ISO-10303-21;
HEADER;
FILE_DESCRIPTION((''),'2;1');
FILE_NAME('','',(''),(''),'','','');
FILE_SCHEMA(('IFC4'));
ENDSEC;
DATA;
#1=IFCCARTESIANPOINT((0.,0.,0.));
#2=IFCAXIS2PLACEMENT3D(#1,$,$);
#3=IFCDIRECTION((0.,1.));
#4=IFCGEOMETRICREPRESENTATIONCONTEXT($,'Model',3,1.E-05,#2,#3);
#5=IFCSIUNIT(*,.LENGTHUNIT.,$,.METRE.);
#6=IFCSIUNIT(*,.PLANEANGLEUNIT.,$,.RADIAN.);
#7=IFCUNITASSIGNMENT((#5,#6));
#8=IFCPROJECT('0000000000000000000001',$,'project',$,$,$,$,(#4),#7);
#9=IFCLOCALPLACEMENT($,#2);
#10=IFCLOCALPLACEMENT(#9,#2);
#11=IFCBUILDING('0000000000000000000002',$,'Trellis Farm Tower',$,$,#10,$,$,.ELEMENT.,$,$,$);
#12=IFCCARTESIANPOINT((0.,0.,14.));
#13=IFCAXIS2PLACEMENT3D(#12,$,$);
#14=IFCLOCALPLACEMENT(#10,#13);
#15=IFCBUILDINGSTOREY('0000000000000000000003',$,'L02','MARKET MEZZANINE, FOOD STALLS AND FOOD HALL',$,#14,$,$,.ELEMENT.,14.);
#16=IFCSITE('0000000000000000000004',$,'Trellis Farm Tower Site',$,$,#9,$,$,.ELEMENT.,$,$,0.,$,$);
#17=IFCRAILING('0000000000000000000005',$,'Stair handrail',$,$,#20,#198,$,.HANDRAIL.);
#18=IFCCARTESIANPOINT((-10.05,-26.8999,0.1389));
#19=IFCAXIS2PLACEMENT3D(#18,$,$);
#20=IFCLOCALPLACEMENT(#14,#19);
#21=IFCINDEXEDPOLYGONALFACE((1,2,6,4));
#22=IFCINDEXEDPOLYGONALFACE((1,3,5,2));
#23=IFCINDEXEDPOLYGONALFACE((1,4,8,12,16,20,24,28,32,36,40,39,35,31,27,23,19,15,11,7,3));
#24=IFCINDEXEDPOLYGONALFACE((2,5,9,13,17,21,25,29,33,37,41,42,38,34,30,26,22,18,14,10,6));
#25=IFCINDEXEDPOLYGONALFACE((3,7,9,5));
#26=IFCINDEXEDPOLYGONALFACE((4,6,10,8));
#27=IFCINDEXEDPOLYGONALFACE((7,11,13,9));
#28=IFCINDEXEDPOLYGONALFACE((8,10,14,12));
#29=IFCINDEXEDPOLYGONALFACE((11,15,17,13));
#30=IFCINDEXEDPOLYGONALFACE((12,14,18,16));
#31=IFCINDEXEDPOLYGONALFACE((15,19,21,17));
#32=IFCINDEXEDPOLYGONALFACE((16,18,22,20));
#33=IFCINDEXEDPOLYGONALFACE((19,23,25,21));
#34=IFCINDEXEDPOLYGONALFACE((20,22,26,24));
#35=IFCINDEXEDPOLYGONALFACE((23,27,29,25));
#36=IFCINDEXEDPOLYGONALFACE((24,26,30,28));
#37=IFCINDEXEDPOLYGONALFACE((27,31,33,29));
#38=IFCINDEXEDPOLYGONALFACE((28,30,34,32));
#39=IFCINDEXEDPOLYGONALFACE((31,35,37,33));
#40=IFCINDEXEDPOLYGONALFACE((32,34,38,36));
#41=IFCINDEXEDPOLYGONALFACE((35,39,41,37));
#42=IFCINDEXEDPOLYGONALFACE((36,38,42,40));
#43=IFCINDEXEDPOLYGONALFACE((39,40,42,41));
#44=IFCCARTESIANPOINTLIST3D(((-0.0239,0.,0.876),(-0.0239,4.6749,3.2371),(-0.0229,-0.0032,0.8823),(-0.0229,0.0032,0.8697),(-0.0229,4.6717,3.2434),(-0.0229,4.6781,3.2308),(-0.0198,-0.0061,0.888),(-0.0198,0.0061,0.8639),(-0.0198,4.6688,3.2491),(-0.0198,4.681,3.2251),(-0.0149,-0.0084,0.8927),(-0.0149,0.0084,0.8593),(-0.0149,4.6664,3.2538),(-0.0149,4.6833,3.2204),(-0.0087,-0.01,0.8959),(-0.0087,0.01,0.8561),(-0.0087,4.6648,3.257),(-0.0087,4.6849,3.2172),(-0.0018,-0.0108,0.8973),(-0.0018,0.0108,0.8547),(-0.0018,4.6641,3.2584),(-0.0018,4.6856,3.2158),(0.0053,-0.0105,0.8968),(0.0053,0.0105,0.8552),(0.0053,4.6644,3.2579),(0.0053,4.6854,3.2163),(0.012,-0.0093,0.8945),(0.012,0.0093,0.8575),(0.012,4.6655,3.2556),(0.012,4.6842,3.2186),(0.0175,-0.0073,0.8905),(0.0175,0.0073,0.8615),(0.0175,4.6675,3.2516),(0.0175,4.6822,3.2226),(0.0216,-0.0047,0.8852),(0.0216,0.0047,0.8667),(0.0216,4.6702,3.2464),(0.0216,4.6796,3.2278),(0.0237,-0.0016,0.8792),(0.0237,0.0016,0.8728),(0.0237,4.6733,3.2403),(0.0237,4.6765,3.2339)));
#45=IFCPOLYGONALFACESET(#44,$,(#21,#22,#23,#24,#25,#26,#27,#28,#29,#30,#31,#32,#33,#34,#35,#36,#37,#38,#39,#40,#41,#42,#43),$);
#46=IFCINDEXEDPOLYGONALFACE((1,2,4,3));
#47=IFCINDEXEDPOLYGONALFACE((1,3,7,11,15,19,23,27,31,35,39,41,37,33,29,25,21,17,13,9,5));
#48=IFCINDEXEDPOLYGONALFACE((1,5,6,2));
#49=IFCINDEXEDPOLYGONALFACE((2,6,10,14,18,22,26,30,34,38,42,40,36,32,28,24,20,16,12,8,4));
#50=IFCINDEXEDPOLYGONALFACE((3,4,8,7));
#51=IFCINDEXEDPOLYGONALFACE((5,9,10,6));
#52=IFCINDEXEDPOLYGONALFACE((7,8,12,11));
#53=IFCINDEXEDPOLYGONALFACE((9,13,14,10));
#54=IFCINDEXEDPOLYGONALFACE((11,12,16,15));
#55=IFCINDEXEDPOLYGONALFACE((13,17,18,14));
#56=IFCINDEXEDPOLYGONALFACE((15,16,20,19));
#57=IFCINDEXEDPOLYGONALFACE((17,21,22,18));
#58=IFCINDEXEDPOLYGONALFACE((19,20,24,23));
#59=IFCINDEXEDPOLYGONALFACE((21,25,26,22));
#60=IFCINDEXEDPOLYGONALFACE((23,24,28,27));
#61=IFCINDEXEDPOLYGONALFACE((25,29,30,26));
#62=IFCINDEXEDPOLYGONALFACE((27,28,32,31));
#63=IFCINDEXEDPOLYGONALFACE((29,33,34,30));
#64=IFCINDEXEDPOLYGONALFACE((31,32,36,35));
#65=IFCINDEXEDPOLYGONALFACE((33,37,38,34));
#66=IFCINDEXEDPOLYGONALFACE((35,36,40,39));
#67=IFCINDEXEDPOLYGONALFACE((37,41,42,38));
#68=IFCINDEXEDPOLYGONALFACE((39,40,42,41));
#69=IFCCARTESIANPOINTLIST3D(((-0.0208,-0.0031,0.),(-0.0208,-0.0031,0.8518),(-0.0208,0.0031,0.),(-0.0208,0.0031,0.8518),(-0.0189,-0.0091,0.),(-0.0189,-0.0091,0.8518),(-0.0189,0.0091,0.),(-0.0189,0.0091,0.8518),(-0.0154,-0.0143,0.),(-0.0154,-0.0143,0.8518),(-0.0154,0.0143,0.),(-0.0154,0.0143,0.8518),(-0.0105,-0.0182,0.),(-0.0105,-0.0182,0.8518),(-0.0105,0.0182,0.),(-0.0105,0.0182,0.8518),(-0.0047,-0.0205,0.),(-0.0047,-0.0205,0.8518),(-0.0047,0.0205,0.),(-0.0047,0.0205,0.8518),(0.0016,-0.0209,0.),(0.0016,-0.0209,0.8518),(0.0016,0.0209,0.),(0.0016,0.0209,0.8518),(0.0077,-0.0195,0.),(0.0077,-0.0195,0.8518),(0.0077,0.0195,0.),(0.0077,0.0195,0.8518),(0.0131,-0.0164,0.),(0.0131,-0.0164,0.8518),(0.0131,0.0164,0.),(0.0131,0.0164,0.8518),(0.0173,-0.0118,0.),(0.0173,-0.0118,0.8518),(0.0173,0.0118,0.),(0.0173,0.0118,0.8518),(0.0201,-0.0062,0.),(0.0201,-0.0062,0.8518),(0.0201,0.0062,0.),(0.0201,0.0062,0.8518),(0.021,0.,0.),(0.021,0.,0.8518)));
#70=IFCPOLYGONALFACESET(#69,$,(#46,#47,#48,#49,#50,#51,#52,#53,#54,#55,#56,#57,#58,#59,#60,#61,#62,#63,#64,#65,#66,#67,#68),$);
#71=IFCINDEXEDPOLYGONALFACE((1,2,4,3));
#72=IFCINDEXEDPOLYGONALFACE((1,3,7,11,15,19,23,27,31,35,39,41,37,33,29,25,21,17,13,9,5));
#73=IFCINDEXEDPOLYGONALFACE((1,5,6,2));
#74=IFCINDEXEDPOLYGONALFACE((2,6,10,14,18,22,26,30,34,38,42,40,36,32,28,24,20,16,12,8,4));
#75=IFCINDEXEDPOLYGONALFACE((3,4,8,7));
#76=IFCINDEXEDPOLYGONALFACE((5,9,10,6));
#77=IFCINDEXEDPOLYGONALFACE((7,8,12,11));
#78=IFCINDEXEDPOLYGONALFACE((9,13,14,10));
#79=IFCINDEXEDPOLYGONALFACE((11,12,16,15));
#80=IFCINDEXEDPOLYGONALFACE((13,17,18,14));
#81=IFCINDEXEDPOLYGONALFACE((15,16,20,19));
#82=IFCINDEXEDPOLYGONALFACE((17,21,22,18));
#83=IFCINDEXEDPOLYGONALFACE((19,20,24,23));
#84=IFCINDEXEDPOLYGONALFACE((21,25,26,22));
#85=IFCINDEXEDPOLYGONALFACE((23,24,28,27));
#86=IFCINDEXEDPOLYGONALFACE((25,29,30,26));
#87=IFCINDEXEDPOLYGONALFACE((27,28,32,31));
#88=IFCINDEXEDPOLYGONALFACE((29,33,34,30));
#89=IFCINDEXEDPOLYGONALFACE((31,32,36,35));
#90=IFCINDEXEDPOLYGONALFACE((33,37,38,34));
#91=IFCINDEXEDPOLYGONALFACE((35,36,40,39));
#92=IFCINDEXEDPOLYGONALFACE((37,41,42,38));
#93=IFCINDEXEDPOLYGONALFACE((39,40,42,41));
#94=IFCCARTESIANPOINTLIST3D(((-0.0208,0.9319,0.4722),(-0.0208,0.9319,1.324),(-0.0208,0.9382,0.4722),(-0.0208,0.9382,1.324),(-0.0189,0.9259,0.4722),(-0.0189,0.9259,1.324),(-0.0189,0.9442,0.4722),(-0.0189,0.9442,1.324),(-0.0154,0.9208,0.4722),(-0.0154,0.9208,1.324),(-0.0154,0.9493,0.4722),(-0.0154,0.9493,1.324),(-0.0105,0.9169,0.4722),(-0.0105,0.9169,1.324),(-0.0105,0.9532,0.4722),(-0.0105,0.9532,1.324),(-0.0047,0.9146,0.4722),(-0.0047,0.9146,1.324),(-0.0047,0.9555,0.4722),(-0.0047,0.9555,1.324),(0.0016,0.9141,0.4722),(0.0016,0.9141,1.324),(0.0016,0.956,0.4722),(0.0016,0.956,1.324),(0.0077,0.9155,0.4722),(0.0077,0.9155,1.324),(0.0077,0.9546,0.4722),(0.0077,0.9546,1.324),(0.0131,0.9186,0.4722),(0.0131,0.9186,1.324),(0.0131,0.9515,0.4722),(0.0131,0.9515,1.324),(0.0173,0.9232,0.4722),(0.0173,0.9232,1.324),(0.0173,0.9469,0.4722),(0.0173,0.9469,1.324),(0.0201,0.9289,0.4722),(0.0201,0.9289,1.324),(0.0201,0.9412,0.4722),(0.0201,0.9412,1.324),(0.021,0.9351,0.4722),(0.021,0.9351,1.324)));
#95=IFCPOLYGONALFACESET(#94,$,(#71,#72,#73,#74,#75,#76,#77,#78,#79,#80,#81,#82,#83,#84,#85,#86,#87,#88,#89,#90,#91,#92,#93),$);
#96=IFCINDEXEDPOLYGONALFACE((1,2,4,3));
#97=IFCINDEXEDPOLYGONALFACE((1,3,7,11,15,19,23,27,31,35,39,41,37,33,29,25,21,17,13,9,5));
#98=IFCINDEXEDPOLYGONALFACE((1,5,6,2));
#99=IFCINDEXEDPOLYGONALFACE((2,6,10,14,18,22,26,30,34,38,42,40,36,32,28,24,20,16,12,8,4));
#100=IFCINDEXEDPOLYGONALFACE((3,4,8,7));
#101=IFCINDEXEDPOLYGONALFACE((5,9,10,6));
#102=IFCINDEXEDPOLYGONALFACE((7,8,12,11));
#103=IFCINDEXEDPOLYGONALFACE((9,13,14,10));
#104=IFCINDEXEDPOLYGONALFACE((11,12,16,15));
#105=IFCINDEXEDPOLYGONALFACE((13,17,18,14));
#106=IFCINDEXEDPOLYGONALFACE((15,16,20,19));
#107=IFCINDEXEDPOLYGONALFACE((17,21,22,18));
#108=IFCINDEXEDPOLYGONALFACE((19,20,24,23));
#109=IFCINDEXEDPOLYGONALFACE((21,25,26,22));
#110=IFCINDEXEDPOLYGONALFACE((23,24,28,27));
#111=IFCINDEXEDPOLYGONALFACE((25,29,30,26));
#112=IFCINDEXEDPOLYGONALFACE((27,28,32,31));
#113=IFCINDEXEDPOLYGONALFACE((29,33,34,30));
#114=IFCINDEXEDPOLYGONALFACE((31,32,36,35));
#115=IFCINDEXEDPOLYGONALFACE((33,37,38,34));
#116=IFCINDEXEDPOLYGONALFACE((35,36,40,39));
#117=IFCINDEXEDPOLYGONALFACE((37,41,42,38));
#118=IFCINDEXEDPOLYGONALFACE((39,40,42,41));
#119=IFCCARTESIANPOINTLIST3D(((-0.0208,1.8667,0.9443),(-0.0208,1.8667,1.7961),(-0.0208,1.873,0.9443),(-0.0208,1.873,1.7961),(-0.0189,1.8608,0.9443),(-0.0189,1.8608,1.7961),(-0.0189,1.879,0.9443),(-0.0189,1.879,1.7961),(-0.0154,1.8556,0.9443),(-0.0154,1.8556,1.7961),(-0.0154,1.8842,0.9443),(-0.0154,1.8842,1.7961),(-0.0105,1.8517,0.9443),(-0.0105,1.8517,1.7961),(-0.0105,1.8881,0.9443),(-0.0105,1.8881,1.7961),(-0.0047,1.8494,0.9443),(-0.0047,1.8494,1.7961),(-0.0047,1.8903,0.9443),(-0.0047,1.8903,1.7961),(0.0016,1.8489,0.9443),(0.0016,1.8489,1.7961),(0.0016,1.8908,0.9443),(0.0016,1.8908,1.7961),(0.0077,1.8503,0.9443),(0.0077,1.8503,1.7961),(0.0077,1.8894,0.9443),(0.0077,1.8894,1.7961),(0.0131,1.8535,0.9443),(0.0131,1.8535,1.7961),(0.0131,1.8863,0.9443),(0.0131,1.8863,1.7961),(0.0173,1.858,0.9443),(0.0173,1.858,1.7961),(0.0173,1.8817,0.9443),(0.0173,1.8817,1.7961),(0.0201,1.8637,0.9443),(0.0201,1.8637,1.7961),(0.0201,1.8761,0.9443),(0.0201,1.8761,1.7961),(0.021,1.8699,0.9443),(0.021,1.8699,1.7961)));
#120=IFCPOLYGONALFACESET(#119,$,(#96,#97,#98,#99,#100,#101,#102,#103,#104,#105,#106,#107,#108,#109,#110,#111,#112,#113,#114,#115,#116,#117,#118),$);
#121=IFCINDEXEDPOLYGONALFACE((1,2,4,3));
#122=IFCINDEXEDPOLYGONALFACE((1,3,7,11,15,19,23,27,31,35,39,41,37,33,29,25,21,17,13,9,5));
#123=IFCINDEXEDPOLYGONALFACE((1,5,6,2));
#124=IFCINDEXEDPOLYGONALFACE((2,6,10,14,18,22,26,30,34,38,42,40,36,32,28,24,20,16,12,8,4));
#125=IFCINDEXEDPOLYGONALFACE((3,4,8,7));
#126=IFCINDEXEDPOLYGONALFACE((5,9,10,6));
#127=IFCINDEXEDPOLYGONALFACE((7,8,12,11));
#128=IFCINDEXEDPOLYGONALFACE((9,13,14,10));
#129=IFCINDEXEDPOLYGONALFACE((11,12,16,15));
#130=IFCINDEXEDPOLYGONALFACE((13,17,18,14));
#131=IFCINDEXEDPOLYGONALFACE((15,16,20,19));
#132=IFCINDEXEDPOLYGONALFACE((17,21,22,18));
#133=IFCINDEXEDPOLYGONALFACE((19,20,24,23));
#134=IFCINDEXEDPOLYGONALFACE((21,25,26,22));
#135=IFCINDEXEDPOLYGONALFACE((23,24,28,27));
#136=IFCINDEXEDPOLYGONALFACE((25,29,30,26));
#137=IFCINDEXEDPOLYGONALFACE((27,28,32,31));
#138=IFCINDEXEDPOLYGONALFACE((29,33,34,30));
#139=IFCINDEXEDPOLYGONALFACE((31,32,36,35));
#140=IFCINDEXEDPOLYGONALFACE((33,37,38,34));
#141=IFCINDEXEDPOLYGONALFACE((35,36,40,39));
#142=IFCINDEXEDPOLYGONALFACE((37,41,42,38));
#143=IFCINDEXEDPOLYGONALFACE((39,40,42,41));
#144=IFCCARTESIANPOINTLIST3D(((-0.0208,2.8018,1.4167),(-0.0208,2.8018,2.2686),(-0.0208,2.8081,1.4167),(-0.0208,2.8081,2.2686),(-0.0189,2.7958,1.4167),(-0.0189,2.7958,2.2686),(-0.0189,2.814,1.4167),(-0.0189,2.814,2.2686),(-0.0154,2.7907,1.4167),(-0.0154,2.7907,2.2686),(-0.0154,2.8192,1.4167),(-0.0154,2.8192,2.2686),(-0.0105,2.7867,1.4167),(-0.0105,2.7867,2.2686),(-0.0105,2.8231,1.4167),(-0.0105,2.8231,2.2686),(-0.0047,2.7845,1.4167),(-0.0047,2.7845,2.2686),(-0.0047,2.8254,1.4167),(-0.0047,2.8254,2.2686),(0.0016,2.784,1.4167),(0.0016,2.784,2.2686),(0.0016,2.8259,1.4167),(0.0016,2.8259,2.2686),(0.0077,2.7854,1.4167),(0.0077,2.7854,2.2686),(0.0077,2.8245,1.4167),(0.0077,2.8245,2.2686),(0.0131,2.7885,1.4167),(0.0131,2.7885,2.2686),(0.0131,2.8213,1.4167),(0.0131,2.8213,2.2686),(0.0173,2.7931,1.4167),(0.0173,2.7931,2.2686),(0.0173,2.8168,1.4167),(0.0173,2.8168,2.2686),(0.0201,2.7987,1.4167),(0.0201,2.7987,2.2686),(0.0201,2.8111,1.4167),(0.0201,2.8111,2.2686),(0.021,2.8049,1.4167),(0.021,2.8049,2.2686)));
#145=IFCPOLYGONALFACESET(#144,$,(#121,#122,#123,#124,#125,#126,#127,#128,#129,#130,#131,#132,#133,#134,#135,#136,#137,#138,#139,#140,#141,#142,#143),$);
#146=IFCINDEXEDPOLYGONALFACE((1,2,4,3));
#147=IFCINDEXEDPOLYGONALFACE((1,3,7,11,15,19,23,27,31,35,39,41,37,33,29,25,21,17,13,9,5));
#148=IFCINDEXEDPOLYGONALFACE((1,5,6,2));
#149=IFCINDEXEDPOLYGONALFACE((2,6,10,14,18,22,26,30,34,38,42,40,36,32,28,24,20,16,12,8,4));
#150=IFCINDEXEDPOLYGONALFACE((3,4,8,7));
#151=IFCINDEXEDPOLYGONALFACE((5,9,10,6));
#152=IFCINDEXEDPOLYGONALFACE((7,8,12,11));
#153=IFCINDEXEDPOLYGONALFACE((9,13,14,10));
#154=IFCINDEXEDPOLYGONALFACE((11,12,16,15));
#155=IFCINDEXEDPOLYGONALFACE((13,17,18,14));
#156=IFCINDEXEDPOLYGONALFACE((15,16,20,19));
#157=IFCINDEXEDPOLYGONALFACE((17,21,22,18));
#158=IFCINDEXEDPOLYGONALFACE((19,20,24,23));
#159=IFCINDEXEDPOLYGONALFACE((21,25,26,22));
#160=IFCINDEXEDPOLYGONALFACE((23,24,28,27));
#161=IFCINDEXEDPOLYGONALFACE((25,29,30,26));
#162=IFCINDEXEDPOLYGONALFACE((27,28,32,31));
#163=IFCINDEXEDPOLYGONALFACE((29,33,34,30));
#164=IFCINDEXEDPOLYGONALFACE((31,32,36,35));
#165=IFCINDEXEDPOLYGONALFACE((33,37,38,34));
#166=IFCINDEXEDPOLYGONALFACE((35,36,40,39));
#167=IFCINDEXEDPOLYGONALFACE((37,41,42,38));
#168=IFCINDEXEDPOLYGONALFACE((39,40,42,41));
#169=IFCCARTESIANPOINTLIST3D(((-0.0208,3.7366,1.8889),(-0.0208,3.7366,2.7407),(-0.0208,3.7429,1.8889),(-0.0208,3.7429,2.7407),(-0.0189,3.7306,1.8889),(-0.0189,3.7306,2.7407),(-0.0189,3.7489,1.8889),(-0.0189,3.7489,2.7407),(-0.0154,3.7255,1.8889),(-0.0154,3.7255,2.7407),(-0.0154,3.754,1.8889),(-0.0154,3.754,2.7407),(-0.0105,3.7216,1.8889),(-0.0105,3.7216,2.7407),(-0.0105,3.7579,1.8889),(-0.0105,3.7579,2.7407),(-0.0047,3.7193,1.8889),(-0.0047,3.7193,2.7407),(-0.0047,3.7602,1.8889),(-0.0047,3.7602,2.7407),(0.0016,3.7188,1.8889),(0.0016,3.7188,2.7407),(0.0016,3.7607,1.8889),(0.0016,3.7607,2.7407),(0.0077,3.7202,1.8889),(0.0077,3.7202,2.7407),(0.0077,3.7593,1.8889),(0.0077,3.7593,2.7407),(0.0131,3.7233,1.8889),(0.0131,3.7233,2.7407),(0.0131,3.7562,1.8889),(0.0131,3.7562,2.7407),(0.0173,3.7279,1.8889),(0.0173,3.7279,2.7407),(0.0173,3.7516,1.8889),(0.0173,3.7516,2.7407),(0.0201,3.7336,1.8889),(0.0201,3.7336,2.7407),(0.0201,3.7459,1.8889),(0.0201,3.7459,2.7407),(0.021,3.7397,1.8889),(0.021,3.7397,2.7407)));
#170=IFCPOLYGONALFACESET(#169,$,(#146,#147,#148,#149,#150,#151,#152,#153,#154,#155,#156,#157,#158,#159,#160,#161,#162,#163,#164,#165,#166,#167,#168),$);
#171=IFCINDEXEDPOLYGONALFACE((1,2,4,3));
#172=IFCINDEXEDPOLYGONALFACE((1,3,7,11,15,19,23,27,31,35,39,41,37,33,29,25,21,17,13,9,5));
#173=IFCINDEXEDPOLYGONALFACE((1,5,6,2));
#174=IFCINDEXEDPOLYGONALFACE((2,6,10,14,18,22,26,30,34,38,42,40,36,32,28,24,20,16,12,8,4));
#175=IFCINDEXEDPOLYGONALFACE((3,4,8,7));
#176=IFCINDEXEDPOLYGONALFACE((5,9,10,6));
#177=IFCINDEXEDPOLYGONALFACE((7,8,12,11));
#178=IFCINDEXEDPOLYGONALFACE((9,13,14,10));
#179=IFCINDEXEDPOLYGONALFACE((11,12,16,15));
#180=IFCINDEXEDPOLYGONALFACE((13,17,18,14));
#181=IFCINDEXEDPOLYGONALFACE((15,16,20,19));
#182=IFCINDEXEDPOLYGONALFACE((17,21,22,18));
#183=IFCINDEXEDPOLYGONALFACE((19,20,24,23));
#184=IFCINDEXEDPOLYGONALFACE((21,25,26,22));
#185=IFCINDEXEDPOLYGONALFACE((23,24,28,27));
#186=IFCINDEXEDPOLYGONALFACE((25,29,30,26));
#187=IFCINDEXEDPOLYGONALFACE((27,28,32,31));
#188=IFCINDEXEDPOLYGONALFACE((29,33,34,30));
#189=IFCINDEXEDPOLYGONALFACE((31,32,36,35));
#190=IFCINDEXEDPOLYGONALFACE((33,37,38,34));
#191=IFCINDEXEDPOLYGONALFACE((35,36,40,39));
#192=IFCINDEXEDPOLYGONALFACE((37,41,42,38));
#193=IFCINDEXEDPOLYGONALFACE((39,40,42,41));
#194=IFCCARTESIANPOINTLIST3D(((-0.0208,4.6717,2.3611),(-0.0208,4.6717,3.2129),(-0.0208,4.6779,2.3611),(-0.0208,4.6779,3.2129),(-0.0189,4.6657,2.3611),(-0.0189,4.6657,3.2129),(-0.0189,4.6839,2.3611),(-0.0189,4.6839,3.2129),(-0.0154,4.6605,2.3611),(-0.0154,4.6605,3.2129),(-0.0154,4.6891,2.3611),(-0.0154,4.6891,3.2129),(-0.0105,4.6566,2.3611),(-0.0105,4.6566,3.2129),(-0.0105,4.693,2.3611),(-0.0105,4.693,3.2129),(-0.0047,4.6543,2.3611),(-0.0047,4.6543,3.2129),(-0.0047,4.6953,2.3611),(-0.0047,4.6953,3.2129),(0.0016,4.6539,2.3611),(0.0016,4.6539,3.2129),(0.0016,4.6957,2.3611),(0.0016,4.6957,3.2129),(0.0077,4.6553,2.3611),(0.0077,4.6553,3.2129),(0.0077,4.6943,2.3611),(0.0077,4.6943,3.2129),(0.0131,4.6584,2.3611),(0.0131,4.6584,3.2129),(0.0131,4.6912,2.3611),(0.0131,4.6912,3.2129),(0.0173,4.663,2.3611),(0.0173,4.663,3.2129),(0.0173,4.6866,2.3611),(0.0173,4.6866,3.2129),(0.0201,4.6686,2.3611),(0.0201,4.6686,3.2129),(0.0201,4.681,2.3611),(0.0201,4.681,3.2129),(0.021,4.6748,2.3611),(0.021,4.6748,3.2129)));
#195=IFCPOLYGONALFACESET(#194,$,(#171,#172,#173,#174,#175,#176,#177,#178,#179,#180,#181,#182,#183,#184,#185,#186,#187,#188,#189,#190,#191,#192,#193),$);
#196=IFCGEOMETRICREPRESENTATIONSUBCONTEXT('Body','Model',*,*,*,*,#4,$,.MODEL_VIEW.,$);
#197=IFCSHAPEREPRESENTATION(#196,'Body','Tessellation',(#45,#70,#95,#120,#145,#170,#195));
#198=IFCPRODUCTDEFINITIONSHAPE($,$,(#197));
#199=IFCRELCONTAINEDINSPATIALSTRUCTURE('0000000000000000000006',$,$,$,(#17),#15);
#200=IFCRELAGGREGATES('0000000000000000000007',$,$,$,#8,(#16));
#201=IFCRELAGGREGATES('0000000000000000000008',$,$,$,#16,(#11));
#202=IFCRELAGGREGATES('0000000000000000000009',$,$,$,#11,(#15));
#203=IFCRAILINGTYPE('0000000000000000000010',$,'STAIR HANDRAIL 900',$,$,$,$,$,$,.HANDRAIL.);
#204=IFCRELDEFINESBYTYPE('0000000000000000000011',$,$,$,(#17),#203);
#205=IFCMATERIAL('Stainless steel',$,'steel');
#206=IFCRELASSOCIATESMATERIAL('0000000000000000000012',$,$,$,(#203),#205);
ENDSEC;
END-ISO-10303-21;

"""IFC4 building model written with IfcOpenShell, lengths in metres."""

from ifc_helpers import new_model, si_unit, direction, frame, origin, origin_2d, place, context, subcontext, project, spatial, circle, extrude, source, transform, mapped, material, type_object, element, save


model = new_model("IFC4")

# Units and contexts
model_context = context("Model", 3, precision=1e-05, world=origin(), true_north=direction((0.0, 1.0)))
body_context = subcontext(model_context, "Body", "Model", "MODEL_VIEW")
ifc_project = project(units=[si_unit("LENGTHUNIT", "METRE"), si_unit("PLANEANGLEUNIT", "RADIAN")], contexts=[model_context])

# Site, building, storey
site_placement = place(None, origin())
site = spatial("IfcSite", under=ifc_project, at=site_placement, Name="Trellis Farm Tower Site", CompositionType="ELEMENT", RefElevation=0.0)
building_placement = place(site_placement, origin())
building = spatial("IfcBuilding", under=site, at=building_placement, Name="Trellis Farm Tower", CompositionType="ELEMENT")
storey_placement = place(building_placement, frame((0.0, 0.0, 14.0)))
storey = spatial("IfcBuildingStorey", under=building, at=storey_placement, Name="L02", Description="MARKET MEZZANINE, FOOD STALLS AND FOOD HALL", CompositionType="ELEMENT", Elevation=14.0)

# Railing
ifc_material_1 = material(Name="Stainless steel", Category="steel")
railing_type = type_object("IfcRailingType", Name="STAIR HANDRAIL 900", PredefinedType="HANDRAIL", material=ifc_material_1)
shared_shape_1 = source(origin(), body_context, "Body", "SweptSolid", [
    extrude(circle(Radius=0.0239, at=origin_2d()), frame((0.0, 0.0, 0.876), z_axis=(0.0, 0.892611, 0.450827), x_axis=(-1.0, 0.0, 0.0)), (0.0, 0.0, 1.0), 5.2373),
    extrude(circle(Radius=0.021, at=origin_2d()), origin(), (0.0, 0.0, 1.0), 0.8518),
    extrude(circle(Radius=0.021, at=origin_2d()), frame((0.0, 0.9351, 0.4722)), (0.0, 0.0, 1.0), 0.8518),
    extrude(circle(Radius=0.021, at=origin_2d()), frame((0.0, 1.8699, 0.9443)), (0.0, 0.0, 1.0), 0.8518),
    extrude(circle(Radius=0.021, at=origin_2d()), frame((0.0, 2.8049, 1.4167)), (0.0, 0.0, 1.0), 0.8518),
    extrude(circle(Radius=0.021, at=origin_2d()), frame((0.0, 3.7397, 1.8889)), (0.0, 0.0, 1.0), 0.8518),
    extrude(circle(Radius=0.021, at=origin_2d()), frame((0.0, 4.6748, 2.3611)), (0.0, 0.0, 1.0), 0.8518),
])
for number, where, name in (
    (1, (-10.05, -26.8999, 0.1389), "Stair handrail"),
):
    element("IfcRailing", number, at=place(storey_placement, frame(where)), inside=storey, type_object=railing_type, Name=name, PredefinedType="HANDRAIL", context=body_context, shape_type="MappedRepresentation", body=[
        mapped(shared_shape_1, transform((0.0, 0.0, 0.0))),
    ])

save(model, "model.ifc")
